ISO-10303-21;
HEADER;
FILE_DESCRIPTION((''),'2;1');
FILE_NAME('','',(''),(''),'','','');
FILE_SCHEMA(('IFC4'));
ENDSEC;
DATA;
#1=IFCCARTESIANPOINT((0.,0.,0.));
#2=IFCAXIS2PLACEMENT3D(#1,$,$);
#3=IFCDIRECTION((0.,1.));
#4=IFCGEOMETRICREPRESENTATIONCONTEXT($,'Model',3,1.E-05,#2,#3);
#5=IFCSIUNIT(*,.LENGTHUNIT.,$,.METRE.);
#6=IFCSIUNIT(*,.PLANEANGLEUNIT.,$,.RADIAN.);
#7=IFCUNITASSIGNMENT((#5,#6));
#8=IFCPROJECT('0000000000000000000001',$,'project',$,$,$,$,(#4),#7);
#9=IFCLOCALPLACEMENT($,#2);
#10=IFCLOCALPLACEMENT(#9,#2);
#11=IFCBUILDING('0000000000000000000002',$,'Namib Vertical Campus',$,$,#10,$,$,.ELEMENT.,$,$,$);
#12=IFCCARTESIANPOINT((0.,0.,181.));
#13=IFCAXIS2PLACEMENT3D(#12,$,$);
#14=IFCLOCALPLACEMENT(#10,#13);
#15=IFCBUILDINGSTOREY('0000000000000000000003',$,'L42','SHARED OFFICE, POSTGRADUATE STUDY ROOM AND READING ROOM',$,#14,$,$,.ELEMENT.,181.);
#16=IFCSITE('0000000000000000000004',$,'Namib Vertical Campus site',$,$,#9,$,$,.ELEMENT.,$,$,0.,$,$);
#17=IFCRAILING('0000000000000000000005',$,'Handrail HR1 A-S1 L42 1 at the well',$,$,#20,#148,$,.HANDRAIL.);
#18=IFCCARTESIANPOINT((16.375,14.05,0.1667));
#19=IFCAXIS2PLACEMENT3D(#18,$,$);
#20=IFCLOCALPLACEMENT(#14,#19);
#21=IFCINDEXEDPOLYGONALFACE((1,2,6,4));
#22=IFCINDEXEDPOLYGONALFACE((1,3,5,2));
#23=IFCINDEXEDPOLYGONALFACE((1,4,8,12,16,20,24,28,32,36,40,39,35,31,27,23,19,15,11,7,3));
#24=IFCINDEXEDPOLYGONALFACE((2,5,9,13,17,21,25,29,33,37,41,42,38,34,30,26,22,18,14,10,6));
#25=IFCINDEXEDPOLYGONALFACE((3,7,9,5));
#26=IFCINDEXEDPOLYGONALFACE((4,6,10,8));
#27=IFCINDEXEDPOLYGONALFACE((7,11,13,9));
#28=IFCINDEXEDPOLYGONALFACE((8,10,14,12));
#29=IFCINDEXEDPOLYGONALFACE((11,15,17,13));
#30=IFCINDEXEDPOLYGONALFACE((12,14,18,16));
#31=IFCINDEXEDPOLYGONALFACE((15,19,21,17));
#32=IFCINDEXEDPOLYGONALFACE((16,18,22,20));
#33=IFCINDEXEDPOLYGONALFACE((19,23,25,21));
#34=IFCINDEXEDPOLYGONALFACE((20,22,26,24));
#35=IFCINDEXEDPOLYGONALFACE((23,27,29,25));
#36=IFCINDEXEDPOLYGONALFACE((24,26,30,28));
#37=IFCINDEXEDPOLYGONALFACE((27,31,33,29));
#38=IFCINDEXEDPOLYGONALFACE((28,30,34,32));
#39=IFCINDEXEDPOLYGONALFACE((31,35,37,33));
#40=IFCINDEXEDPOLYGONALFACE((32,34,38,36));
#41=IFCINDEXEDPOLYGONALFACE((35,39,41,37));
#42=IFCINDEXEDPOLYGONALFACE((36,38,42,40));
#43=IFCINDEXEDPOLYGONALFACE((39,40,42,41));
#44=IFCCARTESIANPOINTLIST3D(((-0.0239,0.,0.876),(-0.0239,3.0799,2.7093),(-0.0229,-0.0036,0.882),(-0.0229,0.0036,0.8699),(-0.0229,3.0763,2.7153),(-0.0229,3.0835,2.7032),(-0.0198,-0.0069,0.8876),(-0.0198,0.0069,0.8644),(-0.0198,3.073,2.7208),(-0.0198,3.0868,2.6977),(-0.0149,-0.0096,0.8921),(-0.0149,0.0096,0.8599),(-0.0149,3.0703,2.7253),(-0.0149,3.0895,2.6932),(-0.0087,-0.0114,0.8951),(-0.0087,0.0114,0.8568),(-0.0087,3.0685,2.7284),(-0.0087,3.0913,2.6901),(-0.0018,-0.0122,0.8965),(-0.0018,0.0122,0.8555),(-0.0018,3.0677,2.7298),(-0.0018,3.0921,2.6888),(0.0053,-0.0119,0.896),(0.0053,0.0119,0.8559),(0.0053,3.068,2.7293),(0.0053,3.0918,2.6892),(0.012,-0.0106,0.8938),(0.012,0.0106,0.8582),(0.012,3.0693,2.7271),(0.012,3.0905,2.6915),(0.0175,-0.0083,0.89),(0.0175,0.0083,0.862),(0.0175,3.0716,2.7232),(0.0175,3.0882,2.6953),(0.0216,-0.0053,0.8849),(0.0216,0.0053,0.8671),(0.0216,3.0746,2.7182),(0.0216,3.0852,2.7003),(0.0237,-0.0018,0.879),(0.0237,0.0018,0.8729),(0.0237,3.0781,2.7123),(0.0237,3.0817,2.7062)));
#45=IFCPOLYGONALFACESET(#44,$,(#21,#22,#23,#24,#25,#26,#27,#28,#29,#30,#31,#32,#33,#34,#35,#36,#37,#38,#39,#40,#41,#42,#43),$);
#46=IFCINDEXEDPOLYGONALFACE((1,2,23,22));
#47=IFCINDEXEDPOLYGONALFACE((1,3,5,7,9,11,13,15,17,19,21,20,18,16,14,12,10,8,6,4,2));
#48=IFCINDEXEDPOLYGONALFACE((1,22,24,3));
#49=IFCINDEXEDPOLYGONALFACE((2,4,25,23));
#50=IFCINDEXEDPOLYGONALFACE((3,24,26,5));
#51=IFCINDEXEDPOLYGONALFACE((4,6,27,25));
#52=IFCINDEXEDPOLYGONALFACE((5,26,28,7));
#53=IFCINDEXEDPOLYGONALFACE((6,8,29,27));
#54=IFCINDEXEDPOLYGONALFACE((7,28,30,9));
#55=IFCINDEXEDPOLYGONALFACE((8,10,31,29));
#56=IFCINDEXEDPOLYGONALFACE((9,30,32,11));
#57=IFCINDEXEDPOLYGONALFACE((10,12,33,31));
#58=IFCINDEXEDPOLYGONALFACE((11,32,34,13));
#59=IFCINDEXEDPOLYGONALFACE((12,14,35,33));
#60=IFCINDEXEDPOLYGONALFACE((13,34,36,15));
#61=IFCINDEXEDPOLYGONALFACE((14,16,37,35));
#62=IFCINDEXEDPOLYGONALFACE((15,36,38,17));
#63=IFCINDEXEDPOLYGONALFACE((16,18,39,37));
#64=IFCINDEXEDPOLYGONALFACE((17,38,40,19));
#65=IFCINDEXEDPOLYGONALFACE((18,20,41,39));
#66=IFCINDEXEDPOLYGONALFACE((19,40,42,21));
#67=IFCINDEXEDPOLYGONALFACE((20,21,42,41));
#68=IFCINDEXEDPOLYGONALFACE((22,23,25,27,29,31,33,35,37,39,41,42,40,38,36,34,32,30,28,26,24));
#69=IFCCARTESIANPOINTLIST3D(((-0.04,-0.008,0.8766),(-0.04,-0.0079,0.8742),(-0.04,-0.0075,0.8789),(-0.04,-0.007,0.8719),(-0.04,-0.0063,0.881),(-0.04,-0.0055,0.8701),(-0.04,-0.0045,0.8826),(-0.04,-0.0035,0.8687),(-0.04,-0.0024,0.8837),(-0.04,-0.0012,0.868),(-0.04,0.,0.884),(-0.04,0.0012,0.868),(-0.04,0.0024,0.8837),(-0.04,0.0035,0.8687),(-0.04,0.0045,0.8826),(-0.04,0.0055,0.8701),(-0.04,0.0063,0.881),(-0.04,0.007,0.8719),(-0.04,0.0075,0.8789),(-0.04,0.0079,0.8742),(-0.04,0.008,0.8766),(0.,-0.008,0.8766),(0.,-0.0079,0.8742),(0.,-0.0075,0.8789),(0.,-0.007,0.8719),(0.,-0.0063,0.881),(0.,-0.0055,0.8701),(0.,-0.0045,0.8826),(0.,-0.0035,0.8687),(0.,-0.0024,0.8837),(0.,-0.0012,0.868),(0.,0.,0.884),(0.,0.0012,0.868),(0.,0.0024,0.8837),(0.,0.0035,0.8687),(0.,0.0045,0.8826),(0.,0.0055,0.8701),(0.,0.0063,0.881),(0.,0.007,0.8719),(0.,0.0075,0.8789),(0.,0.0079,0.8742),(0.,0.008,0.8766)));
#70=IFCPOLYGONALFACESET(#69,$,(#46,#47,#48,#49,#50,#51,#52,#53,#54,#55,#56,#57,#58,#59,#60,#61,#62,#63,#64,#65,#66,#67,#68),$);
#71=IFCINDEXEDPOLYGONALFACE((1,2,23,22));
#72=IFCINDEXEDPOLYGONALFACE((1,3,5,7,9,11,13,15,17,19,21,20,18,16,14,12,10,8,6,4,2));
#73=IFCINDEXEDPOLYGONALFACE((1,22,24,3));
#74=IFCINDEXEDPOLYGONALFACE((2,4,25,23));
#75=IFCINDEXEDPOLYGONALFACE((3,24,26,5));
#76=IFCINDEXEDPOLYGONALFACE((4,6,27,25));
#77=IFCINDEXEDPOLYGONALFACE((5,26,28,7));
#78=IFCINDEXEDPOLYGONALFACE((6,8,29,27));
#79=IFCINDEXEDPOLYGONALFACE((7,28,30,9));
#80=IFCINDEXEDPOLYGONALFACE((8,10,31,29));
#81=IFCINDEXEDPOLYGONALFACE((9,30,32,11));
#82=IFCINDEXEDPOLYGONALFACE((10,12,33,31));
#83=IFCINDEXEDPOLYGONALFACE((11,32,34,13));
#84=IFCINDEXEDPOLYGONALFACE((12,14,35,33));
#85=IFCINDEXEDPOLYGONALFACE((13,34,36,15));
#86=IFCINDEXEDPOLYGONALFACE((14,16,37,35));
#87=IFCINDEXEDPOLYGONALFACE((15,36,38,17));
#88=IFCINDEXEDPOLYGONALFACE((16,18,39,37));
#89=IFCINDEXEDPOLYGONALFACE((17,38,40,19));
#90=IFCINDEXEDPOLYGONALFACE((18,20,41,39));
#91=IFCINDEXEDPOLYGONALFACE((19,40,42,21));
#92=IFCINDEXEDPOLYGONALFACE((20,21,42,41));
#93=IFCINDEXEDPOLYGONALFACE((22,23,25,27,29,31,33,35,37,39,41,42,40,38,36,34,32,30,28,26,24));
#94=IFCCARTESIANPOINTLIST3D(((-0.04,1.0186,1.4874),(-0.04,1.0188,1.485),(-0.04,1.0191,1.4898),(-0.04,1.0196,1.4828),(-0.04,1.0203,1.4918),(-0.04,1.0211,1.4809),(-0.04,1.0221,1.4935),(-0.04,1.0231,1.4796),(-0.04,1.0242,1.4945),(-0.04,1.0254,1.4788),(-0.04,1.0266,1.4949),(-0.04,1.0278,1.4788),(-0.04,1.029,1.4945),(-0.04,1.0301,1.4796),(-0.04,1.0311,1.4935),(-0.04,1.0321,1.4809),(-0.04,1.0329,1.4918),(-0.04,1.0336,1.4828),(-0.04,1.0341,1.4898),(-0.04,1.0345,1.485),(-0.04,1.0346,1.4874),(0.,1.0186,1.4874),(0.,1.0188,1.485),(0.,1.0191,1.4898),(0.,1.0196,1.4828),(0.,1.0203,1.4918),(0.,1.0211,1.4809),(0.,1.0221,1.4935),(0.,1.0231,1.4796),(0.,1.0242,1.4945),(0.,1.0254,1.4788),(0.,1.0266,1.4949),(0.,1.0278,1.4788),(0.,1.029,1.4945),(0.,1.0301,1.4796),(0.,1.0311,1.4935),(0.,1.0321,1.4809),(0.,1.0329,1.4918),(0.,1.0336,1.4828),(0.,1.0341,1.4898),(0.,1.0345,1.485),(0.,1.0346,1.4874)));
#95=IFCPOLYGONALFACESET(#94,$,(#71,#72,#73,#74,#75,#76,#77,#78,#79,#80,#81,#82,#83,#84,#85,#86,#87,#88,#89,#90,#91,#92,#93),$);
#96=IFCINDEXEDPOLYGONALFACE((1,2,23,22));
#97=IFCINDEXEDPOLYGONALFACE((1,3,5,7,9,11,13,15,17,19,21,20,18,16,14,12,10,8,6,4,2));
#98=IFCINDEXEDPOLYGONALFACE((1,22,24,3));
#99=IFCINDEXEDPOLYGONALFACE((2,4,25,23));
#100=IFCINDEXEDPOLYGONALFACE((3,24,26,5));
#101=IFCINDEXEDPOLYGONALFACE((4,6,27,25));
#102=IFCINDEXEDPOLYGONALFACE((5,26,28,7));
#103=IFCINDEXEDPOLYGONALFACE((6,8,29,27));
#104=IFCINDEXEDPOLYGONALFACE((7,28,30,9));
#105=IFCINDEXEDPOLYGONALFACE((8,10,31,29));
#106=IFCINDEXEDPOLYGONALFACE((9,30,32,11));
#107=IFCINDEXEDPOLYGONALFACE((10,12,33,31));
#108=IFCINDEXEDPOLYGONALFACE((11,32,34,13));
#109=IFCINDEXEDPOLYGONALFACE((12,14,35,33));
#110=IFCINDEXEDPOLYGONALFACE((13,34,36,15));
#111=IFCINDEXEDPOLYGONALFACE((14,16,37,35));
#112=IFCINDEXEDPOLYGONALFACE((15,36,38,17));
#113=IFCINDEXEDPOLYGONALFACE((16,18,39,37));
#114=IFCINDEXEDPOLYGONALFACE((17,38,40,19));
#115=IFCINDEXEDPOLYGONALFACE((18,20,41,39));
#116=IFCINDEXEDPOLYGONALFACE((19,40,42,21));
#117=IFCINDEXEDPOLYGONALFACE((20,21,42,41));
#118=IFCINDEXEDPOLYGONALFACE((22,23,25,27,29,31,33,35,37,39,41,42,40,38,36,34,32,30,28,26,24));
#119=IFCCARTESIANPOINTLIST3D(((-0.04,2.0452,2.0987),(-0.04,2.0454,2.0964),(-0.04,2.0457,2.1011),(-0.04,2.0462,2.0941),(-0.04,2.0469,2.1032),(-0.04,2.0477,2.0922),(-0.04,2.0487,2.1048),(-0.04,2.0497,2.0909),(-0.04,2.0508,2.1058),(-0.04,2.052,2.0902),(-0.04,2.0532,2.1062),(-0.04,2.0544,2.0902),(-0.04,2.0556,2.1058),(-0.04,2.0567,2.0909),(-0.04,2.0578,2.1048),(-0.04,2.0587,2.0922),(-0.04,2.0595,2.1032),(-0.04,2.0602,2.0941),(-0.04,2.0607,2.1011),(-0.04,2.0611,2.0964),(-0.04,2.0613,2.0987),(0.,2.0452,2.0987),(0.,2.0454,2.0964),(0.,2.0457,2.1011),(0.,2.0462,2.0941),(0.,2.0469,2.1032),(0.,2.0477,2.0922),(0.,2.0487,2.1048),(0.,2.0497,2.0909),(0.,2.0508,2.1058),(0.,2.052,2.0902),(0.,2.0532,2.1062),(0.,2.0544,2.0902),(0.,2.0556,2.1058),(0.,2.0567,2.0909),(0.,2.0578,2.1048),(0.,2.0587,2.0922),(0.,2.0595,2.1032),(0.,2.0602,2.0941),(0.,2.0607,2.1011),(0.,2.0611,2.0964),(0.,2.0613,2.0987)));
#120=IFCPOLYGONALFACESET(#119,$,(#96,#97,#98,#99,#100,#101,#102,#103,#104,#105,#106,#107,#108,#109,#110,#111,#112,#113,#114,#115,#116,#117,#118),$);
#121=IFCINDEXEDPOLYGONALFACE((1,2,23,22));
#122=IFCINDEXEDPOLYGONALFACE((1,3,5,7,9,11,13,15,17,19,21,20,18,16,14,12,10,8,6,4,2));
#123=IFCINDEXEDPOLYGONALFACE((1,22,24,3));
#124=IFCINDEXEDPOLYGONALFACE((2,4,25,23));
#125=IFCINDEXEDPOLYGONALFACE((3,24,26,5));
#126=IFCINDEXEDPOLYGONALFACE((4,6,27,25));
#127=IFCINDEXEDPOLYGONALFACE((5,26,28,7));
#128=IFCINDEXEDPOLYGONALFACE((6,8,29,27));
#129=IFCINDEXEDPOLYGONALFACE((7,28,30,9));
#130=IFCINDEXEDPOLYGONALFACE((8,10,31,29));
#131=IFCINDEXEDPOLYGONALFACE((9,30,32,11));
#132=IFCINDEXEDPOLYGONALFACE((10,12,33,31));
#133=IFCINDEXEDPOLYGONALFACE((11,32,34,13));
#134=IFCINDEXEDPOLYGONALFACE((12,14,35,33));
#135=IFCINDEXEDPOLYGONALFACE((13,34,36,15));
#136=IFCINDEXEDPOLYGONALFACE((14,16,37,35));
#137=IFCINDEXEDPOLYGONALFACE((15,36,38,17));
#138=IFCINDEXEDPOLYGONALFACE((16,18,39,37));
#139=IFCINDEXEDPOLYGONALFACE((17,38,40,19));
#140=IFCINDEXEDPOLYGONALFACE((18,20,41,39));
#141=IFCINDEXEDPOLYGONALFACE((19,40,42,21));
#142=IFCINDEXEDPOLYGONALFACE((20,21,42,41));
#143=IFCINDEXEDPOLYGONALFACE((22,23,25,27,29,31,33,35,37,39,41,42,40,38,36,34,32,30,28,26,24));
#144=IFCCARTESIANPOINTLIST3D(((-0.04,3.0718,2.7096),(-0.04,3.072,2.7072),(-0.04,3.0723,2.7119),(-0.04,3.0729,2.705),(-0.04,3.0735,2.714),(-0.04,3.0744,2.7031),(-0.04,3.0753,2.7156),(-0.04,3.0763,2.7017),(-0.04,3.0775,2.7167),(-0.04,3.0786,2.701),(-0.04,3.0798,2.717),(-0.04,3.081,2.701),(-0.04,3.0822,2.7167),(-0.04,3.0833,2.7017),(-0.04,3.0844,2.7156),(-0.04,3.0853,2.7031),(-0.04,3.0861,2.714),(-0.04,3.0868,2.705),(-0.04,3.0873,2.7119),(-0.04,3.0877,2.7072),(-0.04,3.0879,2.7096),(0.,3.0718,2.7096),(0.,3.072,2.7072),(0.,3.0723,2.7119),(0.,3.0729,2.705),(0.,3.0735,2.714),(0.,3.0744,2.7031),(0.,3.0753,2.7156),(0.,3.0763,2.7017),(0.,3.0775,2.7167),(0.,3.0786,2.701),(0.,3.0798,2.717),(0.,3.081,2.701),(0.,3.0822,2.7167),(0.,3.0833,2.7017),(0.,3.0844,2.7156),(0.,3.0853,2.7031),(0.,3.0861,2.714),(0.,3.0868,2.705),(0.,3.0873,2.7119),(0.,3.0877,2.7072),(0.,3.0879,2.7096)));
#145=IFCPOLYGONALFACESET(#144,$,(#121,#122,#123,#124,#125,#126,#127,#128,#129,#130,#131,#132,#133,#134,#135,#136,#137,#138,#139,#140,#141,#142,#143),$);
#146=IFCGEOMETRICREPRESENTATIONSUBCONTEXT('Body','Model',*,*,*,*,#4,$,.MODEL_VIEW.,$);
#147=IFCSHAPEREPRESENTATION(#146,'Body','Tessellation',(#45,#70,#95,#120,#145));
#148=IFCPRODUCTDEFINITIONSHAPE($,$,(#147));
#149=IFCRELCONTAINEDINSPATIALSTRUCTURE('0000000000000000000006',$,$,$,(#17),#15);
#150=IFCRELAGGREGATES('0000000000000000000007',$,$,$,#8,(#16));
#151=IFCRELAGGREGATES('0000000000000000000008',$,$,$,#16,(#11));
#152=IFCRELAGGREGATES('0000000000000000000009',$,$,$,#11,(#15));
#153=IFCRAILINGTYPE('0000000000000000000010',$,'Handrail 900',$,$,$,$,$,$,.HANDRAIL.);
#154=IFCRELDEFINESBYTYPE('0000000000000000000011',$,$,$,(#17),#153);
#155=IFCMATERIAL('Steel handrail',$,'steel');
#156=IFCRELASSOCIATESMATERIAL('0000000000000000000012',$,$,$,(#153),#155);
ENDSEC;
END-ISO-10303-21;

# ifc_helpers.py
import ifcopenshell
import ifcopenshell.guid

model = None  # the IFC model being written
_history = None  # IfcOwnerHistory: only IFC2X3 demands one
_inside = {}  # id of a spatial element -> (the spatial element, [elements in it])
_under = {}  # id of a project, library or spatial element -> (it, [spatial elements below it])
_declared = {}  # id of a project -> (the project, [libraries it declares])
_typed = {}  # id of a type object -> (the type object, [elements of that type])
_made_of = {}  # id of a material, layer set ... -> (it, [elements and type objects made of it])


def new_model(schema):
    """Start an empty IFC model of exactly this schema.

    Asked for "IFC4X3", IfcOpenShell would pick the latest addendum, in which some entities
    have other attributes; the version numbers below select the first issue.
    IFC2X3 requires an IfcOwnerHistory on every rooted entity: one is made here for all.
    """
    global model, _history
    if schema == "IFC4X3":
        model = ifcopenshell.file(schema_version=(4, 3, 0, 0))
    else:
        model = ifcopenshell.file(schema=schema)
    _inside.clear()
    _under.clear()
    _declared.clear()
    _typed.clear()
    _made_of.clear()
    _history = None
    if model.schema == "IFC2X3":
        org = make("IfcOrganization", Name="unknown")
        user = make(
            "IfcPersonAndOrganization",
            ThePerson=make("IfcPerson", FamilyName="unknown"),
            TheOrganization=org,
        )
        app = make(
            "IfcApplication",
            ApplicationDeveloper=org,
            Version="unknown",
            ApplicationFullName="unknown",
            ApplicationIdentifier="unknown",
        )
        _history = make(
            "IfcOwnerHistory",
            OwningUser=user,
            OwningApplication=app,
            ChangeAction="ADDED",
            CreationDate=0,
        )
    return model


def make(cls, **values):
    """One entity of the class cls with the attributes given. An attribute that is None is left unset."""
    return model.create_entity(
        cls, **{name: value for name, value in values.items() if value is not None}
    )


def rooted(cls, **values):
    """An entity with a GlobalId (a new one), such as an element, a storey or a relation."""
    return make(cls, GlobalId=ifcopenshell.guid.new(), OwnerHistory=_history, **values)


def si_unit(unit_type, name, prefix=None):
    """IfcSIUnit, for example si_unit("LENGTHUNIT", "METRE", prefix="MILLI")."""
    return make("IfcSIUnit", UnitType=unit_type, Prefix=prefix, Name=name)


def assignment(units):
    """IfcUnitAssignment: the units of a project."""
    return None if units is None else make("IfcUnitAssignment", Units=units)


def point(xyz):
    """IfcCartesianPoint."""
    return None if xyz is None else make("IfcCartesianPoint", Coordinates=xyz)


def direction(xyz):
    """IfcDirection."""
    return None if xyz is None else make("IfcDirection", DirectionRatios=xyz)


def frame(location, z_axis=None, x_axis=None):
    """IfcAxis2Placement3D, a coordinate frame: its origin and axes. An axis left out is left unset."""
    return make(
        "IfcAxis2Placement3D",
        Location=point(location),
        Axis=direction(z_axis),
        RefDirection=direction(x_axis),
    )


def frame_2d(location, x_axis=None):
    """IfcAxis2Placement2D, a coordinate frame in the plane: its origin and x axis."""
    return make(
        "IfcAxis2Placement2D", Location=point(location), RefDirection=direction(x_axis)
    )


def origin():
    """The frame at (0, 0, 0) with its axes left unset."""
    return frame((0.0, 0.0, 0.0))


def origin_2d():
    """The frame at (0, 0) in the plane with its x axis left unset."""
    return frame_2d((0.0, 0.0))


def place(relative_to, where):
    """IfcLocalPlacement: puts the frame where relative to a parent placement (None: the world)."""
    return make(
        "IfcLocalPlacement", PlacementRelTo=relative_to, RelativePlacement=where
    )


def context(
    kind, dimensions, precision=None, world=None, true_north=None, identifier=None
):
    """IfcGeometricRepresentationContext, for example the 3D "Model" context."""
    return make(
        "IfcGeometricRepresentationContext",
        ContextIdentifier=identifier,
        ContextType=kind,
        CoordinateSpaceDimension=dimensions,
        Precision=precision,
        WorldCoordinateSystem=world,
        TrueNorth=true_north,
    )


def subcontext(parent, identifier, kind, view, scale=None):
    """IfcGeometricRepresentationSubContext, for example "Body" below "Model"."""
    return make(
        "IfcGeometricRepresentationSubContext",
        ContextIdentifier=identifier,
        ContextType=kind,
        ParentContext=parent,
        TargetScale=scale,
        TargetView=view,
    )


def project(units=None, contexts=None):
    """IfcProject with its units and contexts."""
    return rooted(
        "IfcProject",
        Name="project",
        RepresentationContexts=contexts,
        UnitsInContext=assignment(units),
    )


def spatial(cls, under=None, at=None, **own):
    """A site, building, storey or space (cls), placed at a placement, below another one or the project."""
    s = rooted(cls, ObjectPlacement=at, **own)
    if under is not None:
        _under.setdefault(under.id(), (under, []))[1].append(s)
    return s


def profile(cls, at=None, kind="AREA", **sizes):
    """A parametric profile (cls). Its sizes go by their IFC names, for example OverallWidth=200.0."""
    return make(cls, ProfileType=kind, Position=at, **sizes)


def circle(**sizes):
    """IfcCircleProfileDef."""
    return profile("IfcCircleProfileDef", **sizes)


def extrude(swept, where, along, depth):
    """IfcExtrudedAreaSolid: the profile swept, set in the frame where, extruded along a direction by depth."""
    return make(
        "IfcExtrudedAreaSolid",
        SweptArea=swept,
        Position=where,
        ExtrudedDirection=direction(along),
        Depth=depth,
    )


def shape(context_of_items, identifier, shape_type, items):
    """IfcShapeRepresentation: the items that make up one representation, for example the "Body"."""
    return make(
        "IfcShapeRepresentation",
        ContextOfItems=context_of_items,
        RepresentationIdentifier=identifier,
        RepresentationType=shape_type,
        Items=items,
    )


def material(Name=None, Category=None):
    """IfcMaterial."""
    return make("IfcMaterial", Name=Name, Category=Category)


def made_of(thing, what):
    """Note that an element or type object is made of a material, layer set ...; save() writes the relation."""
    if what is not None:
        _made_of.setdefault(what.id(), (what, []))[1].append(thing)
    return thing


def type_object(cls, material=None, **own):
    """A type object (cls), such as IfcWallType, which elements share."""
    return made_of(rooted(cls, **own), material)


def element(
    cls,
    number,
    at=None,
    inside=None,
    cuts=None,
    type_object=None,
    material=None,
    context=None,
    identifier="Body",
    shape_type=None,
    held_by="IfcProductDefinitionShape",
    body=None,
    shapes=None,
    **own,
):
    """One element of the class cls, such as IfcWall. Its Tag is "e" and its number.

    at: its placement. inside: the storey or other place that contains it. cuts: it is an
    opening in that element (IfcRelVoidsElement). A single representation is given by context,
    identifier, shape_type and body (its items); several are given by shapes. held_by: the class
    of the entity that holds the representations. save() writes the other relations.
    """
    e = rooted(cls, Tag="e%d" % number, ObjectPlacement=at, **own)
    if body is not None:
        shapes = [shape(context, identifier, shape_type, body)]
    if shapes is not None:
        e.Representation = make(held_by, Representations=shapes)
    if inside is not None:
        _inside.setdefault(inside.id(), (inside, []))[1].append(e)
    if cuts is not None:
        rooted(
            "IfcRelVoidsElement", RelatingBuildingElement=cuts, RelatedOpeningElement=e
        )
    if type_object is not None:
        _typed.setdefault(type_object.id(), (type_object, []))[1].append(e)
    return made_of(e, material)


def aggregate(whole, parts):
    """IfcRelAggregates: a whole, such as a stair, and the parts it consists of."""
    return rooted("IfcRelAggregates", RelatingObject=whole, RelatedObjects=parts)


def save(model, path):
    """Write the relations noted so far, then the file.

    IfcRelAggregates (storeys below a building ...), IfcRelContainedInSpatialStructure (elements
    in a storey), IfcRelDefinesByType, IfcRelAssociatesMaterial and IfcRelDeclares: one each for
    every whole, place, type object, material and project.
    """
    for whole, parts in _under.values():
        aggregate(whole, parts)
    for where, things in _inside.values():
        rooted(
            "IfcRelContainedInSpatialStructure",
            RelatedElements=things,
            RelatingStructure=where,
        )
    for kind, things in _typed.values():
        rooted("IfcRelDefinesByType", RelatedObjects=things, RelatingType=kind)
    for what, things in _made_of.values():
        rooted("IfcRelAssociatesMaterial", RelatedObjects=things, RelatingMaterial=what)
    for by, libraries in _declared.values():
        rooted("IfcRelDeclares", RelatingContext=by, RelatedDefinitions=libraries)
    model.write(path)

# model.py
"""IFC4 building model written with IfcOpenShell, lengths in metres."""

from ifc_helpers import new_model, si_unit, direction, frame, origin, origin_2d, place, context, subcontext, project, spatial, circle, extrude, material, type_object, element, save


model = new_model("IFC4")

# Units and contexts
model_context = context("Model", 3, precision=1e-05, world=origin(), true_north=direction((0.0, 1.0)))
body_context = subcontext(model_context, "Body", "Model", "MODEL_VIEW")
ifc_project = project(units=[si_unit("LENGTHUNIT", "METRE"), si_unit("PLANEANGLEUNIT", "RADIAN")], contexts=[model_context])

# Site, building, storey
site_placement = place(None, origin())
site = spatial("IfcSite", under=ifc_project, at=site_placement, Name="Namib Vertical Campus site", CompositionType="ELEMENT", RefElevation=0.0)
building_placement = place(site_placement, origin())
building = spatial("IfcBuilding", under=site, at=building_placement, Name="Namib Vertical Campus", CompositionType="ELEMENT")
storey_placement = place(building_placement, frame((0.0, 0.0, 181.0)))
storey = spatial("IfcBuildingStorey", under=building, at=storey_placement, Name="L42", Description="SHARED OFFICE, POSTGRADUATE STUDY ROOM AND READING ROOM", CompositionType="ELEMENT", Elevation=181.0)

# Railing
ifc_material_1 = material(Name="Steel handrail", Category="steel")
railing_type_1 = type_object("IfcRailingType", Name="Handrail 900", PredefinedType="HANDRAIL", material=ifc_material_1)
railing_1_placement = place(storey_placement, frame((16.375, 14.05, 0.1667)))
element("IfcRailing", 1, at=railing_1_placement, inside=storey, type_object=railing_type_1, Name="Handrail HR1 A-S1 L42 1 at the well", PredefinedType="HANDRAIL", context=body_context, shape_type="SweptSolid", body=[
    extrude(circle(Radius=0.0239, at=origin_2d()), frame((0.0, 0.0, 0.876), z_axis=(0.0, 0.859291, 0.511487), x_axis=(-1.0, 0.0, 0.0)), (0.0, 0.0, 1.0), 3.5842),
    extrude(circle(Radius=0.0081, at=origin_2d()), frame((0.0, 0.0, 0.876), z_axis=(-1.0, 0.0, 0.0), x_axis=(0.0, 0.0, 1.0)), (0.0, 0.0, 1.0), 0.04),
    extrude(circle(Radius=0.0081, at=origin_2d()), frame((0.0, 1.0266, 1.4868), z_axis=(-1.0, 0.0, 0.0), x_axis=(0.0, 0.0, 1.0)), (0.0, 0.0, 1.0), 0.04),
    extrude(circle(Radius=0.0081, at=origin_2d()), frame((0.0, 2.0532, 2.0981), z_axis=(-1.0, 0.0, 0.0), x_axis=(0.0, 0.0, 1.0)), (0.0, 0.0, 1.0), 0.04),
    extrude(circle(Radius=0.0081, at=origin_2d()), frame((0.0, 3.0798, 2.709), z_axis=(-1.0, 0.0, 0.0), x_axis=(0.0, 0.0, 1.0)), (0.0, 0.0, 1.0), 0.04),
])

save(model, "model.ifc")
